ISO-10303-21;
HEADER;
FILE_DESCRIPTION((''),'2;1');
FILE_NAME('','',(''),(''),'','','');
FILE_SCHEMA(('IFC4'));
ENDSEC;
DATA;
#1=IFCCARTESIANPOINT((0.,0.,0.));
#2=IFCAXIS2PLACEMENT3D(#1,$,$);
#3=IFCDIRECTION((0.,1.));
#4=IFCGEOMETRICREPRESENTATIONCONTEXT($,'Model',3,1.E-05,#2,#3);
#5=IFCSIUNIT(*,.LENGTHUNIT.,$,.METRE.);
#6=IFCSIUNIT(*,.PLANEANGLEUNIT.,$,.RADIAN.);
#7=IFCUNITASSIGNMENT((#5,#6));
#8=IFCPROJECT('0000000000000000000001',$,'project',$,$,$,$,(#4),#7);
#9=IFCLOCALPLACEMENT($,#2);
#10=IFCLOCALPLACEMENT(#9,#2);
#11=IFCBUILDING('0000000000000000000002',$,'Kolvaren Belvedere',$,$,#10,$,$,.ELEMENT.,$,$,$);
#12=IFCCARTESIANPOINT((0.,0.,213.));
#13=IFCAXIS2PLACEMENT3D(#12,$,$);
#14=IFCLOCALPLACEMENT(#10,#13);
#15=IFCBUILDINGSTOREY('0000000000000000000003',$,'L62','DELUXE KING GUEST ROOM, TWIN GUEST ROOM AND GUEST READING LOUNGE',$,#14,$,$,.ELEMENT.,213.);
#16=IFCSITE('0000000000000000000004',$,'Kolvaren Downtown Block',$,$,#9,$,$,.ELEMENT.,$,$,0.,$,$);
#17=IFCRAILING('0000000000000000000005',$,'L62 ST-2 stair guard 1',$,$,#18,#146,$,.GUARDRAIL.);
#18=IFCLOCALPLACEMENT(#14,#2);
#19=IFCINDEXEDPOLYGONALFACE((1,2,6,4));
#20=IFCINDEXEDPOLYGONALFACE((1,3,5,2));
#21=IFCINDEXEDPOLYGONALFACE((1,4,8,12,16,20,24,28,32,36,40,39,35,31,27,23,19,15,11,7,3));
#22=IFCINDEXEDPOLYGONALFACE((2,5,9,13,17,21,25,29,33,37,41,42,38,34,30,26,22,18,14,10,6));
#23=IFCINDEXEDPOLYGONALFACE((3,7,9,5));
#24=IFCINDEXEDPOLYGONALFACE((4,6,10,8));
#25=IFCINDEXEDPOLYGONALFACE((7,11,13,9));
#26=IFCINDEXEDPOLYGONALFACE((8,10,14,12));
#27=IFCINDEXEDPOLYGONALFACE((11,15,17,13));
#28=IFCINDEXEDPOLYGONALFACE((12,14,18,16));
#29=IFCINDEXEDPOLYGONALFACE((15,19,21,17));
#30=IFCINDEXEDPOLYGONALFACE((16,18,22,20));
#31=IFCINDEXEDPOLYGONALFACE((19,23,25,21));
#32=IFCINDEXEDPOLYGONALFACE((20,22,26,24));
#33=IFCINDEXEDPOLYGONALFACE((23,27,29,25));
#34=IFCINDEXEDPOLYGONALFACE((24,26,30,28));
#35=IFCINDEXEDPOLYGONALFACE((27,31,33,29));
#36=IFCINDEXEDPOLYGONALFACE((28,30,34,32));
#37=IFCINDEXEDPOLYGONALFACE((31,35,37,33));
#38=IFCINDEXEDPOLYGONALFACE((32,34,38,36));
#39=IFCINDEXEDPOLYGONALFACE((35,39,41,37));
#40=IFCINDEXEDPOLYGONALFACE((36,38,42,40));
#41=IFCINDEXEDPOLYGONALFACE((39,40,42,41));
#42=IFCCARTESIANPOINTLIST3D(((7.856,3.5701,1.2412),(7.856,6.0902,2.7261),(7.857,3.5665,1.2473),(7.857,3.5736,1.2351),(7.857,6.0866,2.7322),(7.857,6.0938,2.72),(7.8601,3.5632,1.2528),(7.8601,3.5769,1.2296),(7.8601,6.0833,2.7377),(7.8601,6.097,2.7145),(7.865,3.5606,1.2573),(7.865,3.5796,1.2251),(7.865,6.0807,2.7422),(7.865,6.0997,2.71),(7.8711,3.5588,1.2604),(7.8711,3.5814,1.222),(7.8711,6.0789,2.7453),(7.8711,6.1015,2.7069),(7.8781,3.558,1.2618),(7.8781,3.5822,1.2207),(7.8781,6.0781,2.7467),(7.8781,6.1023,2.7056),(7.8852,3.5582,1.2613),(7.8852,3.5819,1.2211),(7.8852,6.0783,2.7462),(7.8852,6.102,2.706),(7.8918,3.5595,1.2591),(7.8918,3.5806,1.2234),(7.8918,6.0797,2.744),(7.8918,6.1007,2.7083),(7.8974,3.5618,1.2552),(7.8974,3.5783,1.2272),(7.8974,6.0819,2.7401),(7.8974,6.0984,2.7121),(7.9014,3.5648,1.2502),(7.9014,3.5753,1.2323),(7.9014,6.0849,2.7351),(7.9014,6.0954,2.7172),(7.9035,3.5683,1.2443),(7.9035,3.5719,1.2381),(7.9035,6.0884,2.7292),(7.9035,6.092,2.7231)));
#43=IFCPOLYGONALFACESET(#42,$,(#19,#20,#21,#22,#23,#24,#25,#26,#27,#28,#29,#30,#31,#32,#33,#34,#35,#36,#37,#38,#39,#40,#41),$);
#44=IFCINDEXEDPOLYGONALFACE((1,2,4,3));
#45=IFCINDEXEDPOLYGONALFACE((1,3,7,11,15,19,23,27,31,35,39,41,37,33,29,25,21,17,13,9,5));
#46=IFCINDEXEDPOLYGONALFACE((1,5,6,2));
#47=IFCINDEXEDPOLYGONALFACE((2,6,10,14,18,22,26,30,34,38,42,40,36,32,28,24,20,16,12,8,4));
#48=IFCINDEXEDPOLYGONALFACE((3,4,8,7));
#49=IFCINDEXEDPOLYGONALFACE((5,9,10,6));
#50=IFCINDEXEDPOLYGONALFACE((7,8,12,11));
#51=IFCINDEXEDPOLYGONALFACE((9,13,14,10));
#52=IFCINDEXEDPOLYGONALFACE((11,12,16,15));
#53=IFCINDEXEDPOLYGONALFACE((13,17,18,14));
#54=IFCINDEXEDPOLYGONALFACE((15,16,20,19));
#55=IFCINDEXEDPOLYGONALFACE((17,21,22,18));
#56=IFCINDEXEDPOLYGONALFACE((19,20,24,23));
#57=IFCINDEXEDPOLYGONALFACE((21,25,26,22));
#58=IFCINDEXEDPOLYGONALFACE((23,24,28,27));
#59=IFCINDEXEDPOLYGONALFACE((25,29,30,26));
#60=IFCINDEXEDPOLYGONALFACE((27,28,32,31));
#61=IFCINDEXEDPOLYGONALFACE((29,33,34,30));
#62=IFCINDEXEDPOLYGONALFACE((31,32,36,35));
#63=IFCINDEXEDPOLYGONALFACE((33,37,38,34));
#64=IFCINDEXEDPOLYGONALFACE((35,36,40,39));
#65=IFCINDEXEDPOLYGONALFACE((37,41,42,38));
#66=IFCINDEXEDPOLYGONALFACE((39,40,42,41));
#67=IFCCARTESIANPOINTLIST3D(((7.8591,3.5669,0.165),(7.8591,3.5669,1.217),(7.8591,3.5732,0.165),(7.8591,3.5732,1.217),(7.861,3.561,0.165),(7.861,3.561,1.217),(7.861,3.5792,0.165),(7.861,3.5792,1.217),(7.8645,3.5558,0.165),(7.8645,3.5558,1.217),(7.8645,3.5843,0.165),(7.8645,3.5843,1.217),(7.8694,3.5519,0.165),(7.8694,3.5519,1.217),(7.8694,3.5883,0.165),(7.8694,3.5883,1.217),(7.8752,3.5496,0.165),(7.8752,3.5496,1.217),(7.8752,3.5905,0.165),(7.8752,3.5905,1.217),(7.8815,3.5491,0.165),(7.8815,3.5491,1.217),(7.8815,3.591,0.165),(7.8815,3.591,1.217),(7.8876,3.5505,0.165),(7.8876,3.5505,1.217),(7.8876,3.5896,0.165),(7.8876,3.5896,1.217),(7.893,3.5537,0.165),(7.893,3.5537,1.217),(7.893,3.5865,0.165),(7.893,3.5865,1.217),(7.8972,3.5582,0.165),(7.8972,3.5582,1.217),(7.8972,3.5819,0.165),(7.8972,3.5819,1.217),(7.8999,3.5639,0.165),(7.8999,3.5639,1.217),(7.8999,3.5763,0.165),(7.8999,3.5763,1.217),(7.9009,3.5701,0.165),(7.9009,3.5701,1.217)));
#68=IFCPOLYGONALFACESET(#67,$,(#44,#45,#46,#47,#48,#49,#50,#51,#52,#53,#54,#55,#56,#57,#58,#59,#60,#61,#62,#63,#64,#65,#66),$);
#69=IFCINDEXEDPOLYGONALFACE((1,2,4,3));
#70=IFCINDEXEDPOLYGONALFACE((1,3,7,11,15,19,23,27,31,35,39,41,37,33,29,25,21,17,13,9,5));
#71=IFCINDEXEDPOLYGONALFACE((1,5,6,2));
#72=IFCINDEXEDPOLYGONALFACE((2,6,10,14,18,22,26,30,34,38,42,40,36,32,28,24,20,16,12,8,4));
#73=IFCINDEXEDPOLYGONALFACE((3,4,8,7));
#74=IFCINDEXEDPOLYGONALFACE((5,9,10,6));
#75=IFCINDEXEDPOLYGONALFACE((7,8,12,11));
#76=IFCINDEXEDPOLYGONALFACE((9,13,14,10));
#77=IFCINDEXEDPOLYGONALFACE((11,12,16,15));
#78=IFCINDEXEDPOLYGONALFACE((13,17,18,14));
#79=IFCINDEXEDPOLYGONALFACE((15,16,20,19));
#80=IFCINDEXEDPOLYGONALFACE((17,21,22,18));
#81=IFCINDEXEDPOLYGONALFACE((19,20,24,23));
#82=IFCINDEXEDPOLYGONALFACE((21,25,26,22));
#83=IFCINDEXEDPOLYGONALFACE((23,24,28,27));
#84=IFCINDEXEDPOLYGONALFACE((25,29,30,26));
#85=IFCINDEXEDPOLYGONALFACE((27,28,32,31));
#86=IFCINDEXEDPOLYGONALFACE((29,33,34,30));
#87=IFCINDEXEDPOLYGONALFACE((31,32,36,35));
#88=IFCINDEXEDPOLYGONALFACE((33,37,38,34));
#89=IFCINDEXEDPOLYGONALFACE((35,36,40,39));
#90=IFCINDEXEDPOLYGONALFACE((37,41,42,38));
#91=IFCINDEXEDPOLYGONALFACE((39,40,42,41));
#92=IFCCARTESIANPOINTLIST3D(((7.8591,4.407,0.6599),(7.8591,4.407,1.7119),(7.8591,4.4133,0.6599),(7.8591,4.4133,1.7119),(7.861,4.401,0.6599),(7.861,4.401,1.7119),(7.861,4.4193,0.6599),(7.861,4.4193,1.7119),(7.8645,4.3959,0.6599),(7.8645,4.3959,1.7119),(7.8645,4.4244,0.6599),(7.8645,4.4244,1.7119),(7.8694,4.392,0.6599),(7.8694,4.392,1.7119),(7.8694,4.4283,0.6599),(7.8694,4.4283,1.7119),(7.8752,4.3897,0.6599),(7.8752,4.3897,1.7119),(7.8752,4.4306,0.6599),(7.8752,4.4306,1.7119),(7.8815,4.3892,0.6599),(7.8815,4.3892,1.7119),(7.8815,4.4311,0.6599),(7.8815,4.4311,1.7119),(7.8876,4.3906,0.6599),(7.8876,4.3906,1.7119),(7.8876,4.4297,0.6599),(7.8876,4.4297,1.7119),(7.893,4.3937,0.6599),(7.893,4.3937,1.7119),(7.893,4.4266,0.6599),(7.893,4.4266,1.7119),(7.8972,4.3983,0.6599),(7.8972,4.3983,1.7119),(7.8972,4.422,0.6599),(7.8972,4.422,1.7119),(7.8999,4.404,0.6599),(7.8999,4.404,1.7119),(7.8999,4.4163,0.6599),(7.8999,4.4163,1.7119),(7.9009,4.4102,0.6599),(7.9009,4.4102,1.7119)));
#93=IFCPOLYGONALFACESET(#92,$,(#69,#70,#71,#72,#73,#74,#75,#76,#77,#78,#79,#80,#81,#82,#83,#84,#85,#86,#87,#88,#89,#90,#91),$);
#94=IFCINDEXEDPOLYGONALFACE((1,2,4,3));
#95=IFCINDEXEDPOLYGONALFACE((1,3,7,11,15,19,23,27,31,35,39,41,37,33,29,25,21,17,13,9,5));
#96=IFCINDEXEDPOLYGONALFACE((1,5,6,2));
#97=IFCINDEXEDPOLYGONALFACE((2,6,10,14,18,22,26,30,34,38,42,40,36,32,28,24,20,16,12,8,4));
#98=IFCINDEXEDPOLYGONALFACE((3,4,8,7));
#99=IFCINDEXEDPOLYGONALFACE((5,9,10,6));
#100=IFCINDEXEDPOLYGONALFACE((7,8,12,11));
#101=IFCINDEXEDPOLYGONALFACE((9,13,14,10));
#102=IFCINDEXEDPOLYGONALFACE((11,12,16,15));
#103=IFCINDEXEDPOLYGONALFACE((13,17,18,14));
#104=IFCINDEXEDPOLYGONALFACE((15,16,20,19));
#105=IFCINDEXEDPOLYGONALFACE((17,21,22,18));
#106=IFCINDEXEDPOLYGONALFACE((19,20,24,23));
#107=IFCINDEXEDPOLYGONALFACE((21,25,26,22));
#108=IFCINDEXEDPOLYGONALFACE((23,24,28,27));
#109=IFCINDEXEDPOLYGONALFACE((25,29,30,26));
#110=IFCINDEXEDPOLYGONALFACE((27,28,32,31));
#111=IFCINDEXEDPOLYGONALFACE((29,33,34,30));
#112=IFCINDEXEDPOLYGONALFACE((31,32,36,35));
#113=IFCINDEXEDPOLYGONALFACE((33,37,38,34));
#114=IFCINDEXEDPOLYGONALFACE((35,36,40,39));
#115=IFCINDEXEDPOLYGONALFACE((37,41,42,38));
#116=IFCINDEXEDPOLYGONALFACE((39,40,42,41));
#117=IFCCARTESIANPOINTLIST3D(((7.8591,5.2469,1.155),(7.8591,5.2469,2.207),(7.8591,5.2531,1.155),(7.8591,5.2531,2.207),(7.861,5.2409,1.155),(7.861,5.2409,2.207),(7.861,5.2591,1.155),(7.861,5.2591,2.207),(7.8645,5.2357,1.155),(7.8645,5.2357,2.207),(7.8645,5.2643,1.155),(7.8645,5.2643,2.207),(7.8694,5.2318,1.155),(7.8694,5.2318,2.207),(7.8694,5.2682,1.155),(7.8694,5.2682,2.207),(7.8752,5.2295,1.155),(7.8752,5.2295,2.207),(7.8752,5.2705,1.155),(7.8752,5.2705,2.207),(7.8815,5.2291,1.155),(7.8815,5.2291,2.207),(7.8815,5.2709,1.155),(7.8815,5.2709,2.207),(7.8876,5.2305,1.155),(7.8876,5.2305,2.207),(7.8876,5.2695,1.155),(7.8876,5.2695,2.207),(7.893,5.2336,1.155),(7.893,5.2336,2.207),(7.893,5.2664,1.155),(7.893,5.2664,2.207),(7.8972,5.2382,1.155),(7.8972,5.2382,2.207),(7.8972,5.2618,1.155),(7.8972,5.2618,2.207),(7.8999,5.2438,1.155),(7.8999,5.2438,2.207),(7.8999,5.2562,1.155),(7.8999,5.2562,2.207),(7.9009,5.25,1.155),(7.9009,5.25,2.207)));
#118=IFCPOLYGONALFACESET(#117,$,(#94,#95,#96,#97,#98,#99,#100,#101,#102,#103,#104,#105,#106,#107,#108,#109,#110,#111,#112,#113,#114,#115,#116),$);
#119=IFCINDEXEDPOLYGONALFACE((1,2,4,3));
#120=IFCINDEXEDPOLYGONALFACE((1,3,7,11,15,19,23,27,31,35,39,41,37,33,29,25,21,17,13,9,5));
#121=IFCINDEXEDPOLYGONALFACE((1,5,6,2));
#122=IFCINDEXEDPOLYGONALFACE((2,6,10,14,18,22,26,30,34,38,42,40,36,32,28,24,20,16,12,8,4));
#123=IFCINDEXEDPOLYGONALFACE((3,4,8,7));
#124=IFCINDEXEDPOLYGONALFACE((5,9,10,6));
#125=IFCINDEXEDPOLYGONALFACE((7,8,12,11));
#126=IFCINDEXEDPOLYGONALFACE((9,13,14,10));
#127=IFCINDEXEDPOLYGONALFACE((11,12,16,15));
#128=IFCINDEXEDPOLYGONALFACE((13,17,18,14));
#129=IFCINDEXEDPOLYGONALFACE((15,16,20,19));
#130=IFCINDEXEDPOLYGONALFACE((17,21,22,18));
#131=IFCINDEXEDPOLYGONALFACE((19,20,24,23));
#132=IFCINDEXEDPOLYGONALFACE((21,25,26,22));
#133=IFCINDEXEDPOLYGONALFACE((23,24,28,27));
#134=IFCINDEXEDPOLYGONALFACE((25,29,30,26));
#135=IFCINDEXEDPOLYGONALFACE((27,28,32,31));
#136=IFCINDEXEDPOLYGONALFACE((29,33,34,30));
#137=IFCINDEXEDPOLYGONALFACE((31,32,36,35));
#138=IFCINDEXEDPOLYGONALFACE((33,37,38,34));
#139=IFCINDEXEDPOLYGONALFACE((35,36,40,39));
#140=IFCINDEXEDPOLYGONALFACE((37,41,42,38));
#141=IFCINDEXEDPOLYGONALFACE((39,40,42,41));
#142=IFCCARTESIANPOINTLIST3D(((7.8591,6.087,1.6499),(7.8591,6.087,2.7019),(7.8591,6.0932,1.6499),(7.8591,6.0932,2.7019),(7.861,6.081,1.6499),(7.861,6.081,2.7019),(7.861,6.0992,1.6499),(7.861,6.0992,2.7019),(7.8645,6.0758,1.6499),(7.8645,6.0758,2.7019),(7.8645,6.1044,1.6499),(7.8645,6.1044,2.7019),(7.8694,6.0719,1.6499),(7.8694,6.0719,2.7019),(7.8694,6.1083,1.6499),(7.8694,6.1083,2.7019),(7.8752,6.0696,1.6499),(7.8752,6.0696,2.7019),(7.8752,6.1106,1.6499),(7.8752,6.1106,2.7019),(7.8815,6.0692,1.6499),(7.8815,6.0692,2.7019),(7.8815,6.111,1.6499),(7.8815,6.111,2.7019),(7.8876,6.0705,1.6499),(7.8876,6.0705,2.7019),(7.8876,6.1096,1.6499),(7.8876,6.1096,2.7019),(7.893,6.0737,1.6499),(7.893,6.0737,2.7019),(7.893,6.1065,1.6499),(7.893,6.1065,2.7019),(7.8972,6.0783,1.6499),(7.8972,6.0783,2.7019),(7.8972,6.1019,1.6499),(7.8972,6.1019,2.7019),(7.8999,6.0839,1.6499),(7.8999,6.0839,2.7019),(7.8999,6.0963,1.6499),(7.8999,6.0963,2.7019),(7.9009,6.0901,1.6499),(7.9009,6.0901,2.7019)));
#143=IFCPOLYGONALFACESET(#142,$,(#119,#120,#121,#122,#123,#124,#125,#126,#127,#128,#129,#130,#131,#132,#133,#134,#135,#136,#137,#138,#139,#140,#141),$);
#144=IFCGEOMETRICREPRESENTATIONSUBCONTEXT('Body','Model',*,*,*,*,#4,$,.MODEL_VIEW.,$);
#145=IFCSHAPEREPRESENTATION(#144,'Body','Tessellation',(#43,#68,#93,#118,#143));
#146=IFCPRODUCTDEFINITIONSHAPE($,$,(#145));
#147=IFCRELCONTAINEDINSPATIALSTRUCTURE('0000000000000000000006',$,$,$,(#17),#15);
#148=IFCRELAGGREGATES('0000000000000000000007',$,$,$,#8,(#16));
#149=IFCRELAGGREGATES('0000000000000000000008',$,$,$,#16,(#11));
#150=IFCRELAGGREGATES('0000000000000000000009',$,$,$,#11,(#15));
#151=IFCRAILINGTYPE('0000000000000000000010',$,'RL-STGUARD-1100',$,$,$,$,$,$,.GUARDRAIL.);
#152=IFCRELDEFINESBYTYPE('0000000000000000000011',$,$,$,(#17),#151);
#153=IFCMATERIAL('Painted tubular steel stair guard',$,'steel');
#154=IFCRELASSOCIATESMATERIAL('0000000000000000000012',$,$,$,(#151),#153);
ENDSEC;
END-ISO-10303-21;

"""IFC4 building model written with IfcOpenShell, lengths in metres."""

from ifc_helpers import new_model, si_unit, direction, frame, origin, origin_2d, place, context, subcontext, project, spatial, circle, extrude, material, type_object, element, save


model = new_model("IFC4")

# Units and contexts
model_context = context("Model", 3, precision=1e-05, world=origin(), true_north=direction((0.0, 1.0)))
body_context = subcontext(model_context, "Body", "Model", "MODEL_VIEW")
ifc_project = project(units=[si_unit("LENGTHUNIT", "METRE"), si_unit("PLANEANGLEUNIT", "RADIAN")], contexts=[model_context])

# Site, building, storey
site_placement = place(None, origin())
site = spatial("IfcSite", under=ifc_project, at=site_placement, Name="Kolvaren Downtown Block", CompositionType="ELEMENT", RefElevation=0.0)
building_placement = place(site_placement, origin())
building = spatial("IfcBuilding", under=site, at=building_placement, Name="Kolvaren Belvedere", CompositionType="ELEMENT")
storey_placement = place(building_placement, frame((0.0, 0.0, 213.0)))
storey = spatial("IfcBuildingStorey", under=building, at=storey_placement, Name="L62", Description="DELUXE KING GUEST ROOM, TWIN GUEST ROOM AND GUEST READING LOUNGE", CompositionType="ELEMENT", Elevation=213.0)

# Railing
ifc_material_1 = material(Name="Painted tubular steel stair guard", Category="steel")
railing_type_1 = type_object("IfcRailingType", Name="RL-STGUARD-1100", PredefinedType="GUARDRAIL", material=ifc_material_1)
railing_1_placement = place(storey_placement, frame((7.8799, 3.5701, 0.165)))
element("IfcRailing", 1, at=railing_1_placement, inside=storey, type_object=railing_type_1, Name="L62 ST-2 stair guard 1", PredefinedType="GUARDRAIL", context=body_context, shape_type="SweptSolid", body=[
    extrude(circle(Radius=0.0239, at=origin_2d()), frame((0.0, 0.0, 1.0762), z_axis=(0.0, 0.861561, 0.507655), x_axis=(-1.0, 0.0, 0.0)), (0.0, 0.0, 1.0), 2.925),
    extrude(circle(Radius=0.021, at=origin_2d()), origin(), (0.0, 0.0, 1.0), 1.052),
    extrude(circle(Radius=0.021, at=origin_2d()), frame((0.0, 0.8401, 0.4949)), (0.0, 0.0, 1.0), 1.052),
    extrude(circle(Radius=0.021, at=origin_2d()), frame((0.0, 1.6799, 0.99)), (0.0, 0.0, 1.0), 1.052),
    extrude(circle(Radius=0.021, at=origin_2d()), frame((0.0, 2.52, 1.4849)), (0.0, 0.0, 1.0), 1.052),
])

save(model, "model.ifc")
